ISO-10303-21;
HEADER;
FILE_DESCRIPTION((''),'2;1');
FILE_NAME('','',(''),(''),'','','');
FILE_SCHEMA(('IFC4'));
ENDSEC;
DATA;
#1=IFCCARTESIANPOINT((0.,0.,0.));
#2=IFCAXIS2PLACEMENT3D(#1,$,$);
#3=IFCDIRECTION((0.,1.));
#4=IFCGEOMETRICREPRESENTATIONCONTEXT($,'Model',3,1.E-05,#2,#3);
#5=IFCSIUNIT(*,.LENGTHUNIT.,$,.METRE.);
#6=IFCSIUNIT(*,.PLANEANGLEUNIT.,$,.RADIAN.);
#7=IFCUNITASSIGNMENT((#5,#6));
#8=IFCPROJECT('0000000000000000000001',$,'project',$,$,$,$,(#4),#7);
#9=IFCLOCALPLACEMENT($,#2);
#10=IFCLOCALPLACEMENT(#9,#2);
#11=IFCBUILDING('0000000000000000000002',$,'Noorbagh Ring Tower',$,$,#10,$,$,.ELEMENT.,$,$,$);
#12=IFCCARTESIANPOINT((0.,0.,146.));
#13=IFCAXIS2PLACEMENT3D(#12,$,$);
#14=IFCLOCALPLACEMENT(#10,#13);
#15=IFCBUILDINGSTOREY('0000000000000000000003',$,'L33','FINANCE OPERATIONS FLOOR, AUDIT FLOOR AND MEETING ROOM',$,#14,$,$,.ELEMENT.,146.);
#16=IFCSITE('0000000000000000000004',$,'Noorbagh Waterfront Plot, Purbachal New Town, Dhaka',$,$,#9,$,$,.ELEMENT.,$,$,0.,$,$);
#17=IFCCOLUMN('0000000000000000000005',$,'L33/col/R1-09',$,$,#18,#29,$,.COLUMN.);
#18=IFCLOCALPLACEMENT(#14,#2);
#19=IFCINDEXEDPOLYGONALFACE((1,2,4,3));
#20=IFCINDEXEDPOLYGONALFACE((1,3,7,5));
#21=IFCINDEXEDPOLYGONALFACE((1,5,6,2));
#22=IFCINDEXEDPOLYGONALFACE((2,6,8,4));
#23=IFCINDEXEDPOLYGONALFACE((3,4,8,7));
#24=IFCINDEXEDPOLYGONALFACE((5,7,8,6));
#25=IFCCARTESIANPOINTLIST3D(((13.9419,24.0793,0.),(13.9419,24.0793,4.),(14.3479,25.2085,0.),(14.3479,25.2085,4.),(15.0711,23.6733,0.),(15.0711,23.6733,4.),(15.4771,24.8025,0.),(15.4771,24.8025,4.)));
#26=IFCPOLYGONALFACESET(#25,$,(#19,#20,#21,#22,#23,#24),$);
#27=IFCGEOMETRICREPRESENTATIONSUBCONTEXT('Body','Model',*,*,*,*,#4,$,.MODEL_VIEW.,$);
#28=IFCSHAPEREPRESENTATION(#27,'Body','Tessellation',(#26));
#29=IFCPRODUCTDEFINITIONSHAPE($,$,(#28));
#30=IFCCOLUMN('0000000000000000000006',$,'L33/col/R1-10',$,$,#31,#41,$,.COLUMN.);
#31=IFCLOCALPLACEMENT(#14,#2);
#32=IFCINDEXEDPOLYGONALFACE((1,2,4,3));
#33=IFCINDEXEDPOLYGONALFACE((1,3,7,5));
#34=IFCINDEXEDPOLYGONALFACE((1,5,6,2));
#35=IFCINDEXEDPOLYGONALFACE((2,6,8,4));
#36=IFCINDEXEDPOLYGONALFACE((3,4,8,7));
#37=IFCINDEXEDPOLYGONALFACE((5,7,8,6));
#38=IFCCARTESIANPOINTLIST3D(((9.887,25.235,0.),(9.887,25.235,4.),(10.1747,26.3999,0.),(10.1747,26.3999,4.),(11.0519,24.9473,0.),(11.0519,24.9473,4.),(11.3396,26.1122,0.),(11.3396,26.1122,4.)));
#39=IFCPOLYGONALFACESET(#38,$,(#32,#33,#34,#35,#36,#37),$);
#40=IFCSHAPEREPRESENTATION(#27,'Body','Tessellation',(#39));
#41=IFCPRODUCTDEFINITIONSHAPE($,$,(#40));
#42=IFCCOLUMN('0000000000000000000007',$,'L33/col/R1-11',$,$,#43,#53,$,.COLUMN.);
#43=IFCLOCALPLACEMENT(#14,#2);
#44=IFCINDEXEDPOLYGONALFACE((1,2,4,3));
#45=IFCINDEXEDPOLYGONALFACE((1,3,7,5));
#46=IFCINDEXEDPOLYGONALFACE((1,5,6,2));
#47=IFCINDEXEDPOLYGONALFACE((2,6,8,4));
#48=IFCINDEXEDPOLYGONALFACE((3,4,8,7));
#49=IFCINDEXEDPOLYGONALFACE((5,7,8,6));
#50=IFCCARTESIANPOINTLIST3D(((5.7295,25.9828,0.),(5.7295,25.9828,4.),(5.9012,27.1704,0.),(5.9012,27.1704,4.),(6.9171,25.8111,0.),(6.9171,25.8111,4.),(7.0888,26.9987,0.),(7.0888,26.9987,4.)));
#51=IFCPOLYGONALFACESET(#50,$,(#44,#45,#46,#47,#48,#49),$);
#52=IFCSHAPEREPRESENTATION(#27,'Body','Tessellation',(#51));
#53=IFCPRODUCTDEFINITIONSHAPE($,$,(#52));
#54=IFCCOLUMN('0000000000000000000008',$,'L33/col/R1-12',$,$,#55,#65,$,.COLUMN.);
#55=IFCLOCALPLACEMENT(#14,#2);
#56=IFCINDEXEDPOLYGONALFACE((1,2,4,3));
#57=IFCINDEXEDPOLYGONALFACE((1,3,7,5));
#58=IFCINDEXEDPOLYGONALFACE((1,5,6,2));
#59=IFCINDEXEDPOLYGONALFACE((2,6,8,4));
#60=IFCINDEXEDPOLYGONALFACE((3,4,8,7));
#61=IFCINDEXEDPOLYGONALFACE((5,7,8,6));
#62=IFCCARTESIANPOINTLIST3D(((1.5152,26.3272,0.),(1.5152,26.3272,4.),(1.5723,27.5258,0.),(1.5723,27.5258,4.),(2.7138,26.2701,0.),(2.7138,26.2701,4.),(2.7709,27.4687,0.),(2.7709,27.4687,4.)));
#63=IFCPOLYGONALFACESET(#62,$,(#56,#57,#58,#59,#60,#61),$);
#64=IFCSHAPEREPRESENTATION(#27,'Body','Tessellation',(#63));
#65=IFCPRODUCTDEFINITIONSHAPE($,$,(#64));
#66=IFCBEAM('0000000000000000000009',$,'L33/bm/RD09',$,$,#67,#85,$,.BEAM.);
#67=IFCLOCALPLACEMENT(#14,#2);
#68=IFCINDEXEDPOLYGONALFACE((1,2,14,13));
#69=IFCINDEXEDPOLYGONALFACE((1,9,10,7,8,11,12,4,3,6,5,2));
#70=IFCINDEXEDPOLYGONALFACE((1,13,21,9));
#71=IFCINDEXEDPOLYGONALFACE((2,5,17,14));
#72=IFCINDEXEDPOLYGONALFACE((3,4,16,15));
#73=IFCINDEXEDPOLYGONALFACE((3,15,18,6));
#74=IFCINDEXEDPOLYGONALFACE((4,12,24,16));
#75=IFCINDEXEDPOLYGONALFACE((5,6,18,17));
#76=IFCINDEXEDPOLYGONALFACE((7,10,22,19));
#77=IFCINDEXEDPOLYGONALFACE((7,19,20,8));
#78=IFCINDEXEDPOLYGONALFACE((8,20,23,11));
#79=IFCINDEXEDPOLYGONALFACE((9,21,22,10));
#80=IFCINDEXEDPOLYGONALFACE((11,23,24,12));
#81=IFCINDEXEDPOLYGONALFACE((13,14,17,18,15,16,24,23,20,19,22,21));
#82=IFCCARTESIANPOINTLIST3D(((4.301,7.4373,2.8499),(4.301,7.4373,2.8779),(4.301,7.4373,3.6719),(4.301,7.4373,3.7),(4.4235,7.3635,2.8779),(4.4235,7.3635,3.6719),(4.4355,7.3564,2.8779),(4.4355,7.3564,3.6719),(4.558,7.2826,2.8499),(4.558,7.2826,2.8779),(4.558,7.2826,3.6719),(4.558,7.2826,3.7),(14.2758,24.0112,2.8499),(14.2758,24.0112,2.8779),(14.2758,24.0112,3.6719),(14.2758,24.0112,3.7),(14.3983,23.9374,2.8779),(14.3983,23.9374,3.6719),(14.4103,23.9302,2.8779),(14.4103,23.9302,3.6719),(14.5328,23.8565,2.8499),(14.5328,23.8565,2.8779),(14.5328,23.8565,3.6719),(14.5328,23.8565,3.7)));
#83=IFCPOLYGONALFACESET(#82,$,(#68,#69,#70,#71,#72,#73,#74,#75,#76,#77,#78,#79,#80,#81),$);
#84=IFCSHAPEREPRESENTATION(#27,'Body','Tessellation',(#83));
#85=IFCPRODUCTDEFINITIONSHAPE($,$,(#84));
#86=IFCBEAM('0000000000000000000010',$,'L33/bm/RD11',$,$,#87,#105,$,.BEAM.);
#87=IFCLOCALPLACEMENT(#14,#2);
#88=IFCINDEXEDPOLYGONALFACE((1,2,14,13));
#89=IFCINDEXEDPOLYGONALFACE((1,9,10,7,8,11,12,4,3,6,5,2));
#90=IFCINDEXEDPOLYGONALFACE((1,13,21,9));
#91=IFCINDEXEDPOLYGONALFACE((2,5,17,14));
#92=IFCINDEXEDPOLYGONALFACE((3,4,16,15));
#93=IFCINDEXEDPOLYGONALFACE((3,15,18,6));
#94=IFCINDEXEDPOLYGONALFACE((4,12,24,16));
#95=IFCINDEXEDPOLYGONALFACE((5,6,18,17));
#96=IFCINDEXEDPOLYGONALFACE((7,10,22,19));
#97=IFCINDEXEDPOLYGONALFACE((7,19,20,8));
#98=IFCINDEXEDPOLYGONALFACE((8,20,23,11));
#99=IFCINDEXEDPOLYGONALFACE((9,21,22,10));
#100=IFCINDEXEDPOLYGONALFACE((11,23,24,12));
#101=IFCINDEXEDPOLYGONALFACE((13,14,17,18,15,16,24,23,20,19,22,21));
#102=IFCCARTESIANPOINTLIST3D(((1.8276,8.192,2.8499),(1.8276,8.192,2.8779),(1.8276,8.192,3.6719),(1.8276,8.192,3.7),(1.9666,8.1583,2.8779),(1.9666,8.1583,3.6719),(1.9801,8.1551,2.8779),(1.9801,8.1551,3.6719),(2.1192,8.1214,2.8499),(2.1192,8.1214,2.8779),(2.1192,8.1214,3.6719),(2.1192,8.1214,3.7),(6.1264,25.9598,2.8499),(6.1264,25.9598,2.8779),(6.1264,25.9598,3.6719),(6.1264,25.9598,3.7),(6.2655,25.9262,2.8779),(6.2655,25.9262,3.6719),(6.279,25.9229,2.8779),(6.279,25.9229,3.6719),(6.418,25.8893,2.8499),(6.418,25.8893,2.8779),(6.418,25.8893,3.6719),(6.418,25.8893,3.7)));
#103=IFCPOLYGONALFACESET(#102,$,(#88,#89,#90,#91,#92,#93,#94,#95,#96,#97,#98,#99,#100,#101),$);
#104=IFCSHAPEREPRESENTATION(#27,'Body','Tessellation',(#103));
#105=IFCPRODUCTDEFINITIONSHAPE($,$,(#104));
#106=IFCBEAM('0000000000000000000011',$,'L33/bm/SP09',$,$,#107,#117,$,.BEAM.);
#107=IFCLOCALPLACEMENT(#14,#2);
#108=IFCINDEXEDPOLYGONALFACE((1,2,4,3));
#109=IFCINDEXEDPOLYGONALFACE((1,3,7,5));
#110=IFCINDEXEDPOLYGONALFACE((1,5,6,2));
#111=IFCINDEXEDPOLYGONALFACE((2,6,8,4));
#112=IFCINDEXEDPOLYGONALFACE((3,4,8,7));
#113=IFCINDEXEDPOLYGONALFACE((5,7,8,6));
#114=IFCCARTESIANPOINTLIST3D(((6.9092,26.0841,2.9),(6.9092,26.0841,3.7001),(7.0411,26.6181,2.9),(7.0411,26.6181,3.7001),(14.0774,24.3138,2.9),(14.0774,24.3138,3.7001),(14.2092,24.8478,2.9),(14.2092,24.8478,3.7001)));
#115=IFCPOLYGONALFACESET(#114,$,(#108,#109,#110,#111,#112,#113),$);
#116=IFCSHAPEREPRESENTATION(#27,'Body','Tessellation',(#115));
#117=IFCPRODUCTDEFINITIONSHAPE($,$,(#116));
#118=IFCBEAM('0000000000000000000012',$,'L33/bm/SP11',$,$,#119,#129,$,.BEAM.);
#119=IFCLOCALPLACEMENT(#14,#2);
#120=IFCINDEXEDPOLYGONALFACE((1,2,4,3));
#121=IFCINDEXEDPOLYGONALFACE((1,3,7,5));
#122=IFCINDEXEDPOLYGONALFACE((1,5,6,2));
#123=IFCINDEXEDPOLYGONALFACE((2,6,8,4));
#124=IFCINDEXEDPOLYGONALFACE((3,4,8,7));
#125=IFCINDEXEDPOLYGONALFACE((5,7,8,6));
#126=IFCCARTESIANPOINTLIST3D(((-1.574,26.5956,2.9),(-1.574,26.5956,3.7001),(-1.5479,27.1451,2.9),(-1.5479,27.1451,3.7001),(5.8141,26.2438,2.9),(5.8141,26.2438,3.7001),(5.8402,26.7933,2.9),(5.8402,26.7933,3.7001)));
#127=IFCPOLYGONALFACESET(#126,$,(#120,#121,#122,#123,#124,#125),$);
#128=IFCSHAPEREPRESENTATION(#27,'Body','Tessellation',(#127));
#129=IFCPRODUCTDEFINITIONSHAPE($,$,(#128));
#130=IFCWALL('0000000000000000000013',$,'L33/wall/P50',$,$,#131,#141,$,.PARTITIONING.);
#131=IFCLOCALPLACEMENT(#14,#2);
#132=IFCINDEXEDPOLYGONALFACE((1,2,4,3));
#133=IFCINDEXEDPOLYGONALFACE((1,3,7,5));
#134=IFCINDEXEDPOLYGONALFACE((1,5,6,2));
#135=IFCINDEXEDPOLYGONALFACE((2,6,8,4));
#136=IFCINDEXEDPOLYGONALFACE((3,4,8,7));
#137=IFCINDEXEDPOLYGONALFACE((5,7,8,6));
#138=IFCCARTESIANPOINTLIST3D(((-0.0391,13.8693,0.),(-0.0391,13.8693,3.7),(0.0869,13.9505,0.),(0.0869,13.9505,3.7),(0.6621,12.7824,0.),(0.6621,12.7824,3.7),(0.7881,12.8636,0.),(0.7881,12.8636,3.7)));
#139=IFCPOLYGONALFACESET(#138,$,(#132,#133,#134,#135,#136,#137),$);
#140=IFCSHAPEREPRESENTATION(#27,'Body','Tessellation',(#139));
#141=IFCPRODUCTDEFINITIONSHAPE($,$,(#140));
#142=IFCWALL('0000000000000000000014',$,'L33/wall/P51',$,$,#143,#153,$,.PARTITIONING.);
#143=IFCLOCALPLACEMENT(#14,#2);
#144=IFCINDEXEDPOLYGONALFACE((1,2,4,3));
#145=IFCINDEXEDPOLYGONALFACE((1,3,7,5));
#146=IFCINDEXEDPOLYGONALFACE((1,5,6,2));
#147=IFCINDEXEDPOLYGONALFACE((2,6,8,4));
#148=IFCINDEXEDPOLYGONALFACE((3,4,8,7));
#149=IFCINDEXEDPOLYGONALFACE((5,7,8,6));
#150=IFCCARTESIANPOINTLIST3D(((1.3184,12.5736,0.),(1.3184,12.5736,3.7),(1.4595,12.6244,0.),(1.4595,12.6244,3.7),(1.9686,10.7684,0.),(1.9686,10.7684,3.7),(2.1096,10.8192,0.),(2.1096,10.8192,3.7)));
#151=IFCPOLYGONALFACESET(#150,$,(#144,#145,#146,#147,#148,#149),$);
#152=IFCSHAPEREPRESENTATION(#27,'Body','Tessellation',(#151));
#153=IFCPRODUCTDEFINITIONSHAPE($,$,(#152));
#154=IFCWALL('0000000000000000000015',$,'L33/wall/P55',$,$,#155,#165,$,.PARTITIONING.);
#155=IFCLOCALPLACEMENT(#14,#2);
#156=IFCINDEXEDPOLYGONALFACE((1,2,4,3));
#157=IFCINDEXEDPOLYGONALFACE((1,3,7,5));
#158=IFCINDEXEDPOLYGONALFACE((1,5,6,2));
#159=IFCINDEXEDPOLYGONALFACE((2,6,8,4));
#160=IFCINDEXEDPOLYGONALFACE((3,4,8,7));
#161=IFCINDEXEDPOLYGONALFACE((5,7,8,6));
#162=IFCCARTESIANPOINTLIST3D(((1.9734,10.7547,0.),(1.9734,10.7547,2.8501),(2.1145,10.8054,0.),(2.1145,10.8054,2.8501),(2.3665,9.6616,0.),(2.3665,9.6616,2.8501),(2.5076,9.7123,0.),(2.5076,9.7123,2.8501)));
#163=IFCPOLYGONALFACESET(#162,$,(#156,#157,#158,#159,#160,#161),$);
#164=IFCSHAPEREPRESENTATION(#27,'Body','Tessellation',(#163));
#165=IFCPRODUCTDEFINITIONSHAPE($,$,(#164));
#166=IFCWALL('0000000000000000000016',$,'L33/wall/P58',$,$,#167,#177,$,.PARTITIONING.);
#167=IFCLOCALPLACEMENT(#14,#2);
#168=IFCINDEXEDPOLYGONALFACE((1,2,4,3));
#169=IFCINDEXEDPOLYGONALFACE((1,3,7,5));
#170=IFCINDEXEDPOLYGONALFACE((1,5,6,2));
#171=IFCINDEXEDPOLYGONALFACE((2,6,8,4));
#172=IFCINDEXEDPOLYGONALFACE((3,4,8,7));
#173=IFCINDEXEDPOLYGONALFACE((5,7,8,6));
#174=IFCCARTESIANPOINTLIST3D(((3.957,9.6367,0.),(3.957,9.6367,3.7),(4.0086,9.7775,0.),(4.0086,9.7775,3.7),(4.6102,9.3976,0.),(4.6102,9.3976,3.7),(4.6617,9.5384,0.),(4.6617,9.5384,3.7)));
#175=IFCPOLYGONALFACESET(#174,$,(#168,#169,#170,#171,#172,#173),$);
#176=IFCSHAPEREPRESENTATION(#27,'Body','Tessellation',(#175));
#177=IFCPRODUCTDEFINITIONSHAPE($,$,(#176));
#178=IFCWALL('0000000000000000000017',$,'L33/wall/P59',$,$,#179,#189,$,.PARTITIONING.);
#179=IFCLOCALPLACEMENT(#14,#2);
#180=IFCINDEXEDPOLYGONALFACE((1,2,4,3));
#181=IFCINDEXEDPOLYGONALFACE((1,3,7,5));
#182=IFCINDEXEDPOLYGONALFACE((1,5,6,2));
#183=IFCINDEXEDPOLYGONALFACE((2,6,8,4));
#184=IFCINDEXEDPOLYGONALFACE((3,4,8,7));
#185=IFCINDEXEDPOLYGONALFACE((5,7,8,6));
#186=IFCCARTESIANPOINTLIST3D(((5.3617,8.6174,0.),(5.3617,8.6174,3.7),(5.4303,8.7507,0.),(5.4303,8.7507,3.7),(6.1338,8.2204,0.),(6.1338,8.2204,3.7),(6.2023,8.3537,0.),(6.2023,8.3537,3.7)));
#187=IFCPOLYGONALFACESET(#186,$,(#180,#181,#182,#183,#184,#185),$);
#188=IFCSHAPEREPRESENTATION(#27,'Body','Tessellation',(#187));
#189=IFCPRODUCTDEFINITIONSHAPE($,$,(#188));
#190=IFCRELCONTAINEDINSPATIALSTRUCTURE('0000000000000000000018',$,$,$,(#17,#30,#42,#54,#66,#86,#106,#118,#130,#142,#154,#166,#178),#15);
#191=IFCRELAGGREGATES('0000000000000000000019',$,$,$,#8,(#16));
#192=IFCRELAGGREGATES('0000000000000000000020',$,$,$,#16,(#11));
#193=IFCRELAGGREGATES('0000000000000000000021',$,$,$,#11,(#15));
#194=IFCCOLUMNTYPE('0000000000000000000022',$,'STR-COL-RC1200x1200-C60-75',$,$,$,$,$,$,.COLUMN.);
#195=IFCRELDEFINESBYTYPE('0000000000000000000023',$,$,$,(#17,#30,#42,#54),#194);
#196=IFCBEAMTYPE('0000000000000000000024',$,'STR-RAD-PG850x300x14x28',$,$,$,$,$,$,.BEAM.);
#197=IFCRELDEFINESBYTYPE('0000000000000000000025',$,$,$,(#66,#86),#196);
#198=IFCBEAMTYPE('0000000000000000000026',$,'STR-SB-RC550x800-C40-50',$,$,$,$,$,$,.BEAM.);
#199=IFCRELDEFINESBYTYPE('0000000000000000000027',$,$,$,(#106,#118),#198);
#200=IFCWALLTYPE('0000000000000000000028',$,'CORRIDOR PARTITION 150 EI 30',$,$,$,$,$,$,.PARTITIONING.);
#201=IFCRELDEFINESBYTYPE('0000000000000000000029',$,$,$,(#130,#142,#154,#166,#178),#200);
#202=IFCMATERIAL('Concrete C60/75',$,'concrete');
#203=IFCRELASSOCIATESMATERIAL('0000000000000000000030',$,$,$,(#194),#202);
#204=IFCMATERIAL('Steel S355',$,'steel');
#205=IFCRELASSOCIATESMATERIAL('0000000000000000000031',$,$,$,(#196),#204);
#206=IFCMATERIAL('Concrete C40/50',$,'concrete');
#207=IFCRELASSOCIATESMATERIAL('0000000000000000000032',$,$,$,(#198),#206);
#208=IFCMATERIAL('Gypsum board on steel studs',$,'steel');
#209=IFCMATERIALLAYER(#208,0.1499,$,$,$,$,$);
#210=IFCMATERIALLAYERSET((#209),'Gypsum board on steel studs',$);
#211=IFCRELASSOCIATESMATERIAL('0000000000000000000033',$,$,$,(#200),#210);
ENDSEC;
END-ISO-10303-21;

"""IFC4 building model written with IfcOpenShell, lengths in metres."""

from ifc_helpers import new_model, si_unit, direction, frame, frame_2d, origin, origin_2d, place, context, subcontext, project, spatial, rectangle, i_section, extrude, material, layer, layer_set, material_profile, profile_set, type_object, element, save


model = new_model("IFC4")

# Units and contexts
model_context = context("Model", 3, precision=1e-05, world=origin(), true_north=direction((0.0, 1.0)))
body_context = subcontext(model_context, "Body", "Model", "MODEL_VIEW")
ifc_project = project(units=[si_unit("LENGTHUNIT", "METRE"), si_unit("PLANEANGLEUNIT", "RADIAN")], contexts=[model_context])

# Site, building, storey
site_placement = place(None, origin())
site = spatial("IfcSite", under=ifc_project, at=site_placement, Name="Noorbagh Waterfront Plot, Purbachal New Town, Dhaka", CompositionType="ELEMENT", RefElevation=0.0)
building_placement = place(site_placement, origin())
building = spatial("IfcBuilding", under=site, at=building_placement, Name="Noorbagh Ring Tower", CompositionType="ELEMENT")
storey_placement = place(building_placement, frame((0.0, 0.0, 146.0)))
storey = spatial("IfcBuildingStorey", under=building, at=storey_placement, Name="L33", Description="FINANCE OPERATIONS FLOOR, AUDIT FLOOR AND MEETING ROOM", CompositionType="ELEMENT", Elevation=146.0)

# Columns
ifc_material_1 = material(Name="Concrete C60/75", Category="concrete")
ifc_material_profile_1 = material_profile(ifc_material_1, rectangle(XDim=1.2, YDim=1.2, at=origin_2d()), Name="RC1200x1200")
ifc_profile_set_1 = profile_set([ifc_material_profile_1], Name="Concrete C60/75")
column_type = type_object("IfcColumnType", Name="STR-COL-RC1200x1200-C60-75", PredefinedType="COLUMN", material=ifc_profile_set_1)
for number, where, z_axis, x_axis, name in (
    (1, (14.7095, 24.4409, 0.0), (0.0, 0.0, 1.0), (-0.941025, 0.338338, 0.0), "L33/col/R1-09"),
    (2, (10.6133, 25.6736, 0.0), (0.0, 0.0, 1.0), (-0.970829, 0.239771, 0.0), "L33/col/R1-10"),
    (3, (6.4092, 26.4907, 0.0), (0.0, 0.0, 1.0), (-0.989713, 0.143066, 0.0), "L33/col/R1-11"),
    (4, (2.1431, 26.8979, 0.0), (0.0, 0.0, 1.0), (-0.998869, 0.047553, 0.0), "L33/col/R1-12"),
):
    element("IfcColumn", number, at=place(storey_placement, frame(where, z_axis=z_axis, x_axis=x_axis)), inside=storey, type_object=column_type, Name=name, PredefinedType="COLUMN", context=body_context, shape_type="SweptSolid", body=[
        extrude(rectangle(XDim=1.2, YDim=1.2, at=origin_2d()), origin(), (0.0, 0.0, 1.0), 4.0),
    ])

# Beams
ifc_material_2 = material(Name="Steel S355", Category="steel")
ifc_material_profile_2 = material_profile(ifc_material_2, i_section(OverallWidth=0.3, OverallDepth=0.8501, WebThickness=0.0139, FlangeThickness=0.0281, at=origin_2d()), Name="PG850x300x14x28")
ifc_profile_set_2 = profile_set([ifc_material_profile_2], Name="Steel S355")
beam_type_1 = type_object("IfcBeamType", Name="STR-RAD-PG850x300x14x28", PredefinedType="BEAM", material=ifc_profile_set_2)
beam_1_placement = place(storey_placement, frame((14.4043, 23.9338, 3.2749), z_axis=(-0.515653, -0.856797, 0.0), x_axis=(0.856797, -0.515653, 0.0)))
element("IfcBeam", 5, at=beam_1_placement, inside=storey, type_object=beam_type_1, Name="L33/bm/RD09", PredefinedType="BEAM", context=body_context, shape_type="SweptSolid", body=[
    extrude(i_section(OverallWidth=0.3, OverallDepth=0.8501, WebThickness=0.0139, FlangeThickness=0.0281, at=origin_2d()), origin(), (0.0, 0.0, 1.0), 19.344),
])
beam_2_placement = place(storey_placement, frame((6.2722, 25.9246, 3.2749), z_axis=(-0.23516, -0.971957, 0.0), x_axis=(0.971957, -0.23516, 0.0)))
element("IfcBeam", 6, at=beam_2_placement, inside=storey, type_object=beam_type_1, Name="L33/bm/RD11", PredefinedType="BEAM", context=body_context, shape_type="SweptSolid", body=[
    extrude(i_section(OverallWidth=0.3, OverallDepth=0.8501, WebThickness=0.0139, FlangeThickness=0.0281, at=origin_2d()), origin(), (0.0, 0.0, 1.0), 18.2805),
])
ifc_material_3 = material(Name="Concrete C40/50", Category="concrete")
ifc_material_profile_3 = material_profile(ifc_material_3, rectangle(XDim=0.55, YDim=0.8, at=origin_2d()), Name="RC550x800")
ifc_profile_set_3 = profile_set([ifc_material_profile_3], Name="Concrete C40/50")
beam_type_2 = type_object("IfcBeamType", Name="STR-SB-RC550x800-C40-50", PredefinedType="BEAM", material=ifc_profile_set_3)
beam_3_placement = place(storey_placement, frame((14.1433, 24.5808, 3.3), z_axis=(-0.970833, 0.239757, 0.0), x_axis=(-0.239757, -0.970833, 0.0)))
element("IfcBeam", 7, at=beam_3_placement, inside=storey, type_object=beam_type_2, Name="L33/bm/SP09", PredefinedType="BEAM", context=body_context, shape_type="SweptSolid", body=[
    extrude(rectangle(XDim=0.55, YDim=0.8, at=origin_2d()), origin(), (0.0, 0.0, 1.0), 7.3835),
])
beam_4_placement = place(storey_placement, frame((5.8271, 26.5186, 3.3), z_axis=(-0.998868, 0.047564, 0.0), x_axis=(-0.047564, -0.998868, 0.0)))
element("IfcBeam", 8, at=beam_4_placement, inside=storey, type_object=beam_type_2, Name="L33/bm/SP11", PredefinedType="BEAM", context=body_context, shape_type="SweptSolid", body=[
    extrude(rectangle(XDim=0.55, YDim=0.8, at=origin_2d()), origin(), (0.0, 0.0, 1.0), 7.3965),
])

# Walls
ifc_material_4 = material(Name="Gypsum board on steel studs", Category="steel")
ifc_layer_1 = layer(ifc_material_4, 0.1499)
ifc_layer_set_1 = layer_set([ifc_layer_1], Name="Gypsum board on steel studs")
wall_type_1 = type_object("IfcWallType", Name="CORRIDOR PARTITION 150 EI 30", PredefinedType="PARTITIONING", material=ifc_layer_set_1)
wall_1_placement = place(storey_placement, frame((0.0239, 13.9099, 0.0), z_axis=(0.0, 0.0, 1.0), x_axis=(0.542092, -0.840319, 0.0)))
element("IfcWall", 9, at=wall_1_placement, inside=storey, type_object=wall_type_1, Name="L33/wall/P50", PredefinedType="PARTITIONING", context=body_context, shape_type="SweptSolid", body=[
    extrude(rectangle(XDim=1.2935, YDim=0.1499, at=frame_2d((0.6467, 0.0))), origin(), (0.0, 0.0, 1.0), 3.7),
])
wall_2_placement = place(storey_placement, frame((1.3889, 12.5991, 0.0), z_axis=(0.0, 0.0, 1.0), x_axis=(0.33885, -0.94084, 0.0)))
element("IfcWall", 10, at=wall_2_placement, inside=storey, type_object=wall_type_1, Name="L33/wall/P51", PredefinedType="PARTITIONING", context=body_context, shape_type="SweptSolid", body=[
    extrude(rectangle(XDim=1.9187, YDim=0.1499, at=frame_2d((0.9595, 0.0))), origin(), (0.0, 0.0, 1.0), 3.7),
])
wall_3_placement = place(storey_placement, frame((2.0439, 10.78, 0.0), z_axis=(0.0, 0.0, 1.0), x_axis=(0.338399, -0.941003, 0.0)))
element("IfcWall", 11, at=wall_3_placement, inside=storey, type_object=wall_type_1, Name="L33/wall/P55", PredefinedType="PARTITIONING", context=body_context, shape_type="SweptSolid", body=[
    extrude(rectangle(XDim=1.1616, YDim=0.1499, at=frame_2d((0.5808, 0.0))), origin(), (0.0, 0.0, 1.0), 2.8501),
])
wall_4_placement = place(storey_placement, frame((3.9829, 9.707, 0.0), z_axis=(0.0, 0.0, 1.0), x_axis=(0.939084, -0.343687, 0.0)))
element("IfcWall", 12, at=wall_4_placement, inside=storey, type_object=wall_type_1, Name="L33/wall/P58", PredefinedType="PARTITIONING", context=body_context, shape_type="SweptSolid", body=[
    extrude(rectangle(XDim=0.6956, YDim=0.1499, at=frame_2d((0.3477, 0.0))), origin(), (0.0, 0.0, 1.0), 3.7),
])
wall_5_placement = place(storey_placement, frame((5.396, 8.6841, 0.0), z_axis=(0.0, 0.0, 1.0), x_axis=(0.889307, -0.45731, 0.0)))
element("IfcWall", 13, at=wall_5_placement, inside=storey, type_object=wall_type_1, Name="L33/wall/P59", PredefinedType="PARTITIONING", context=body_context, shape_type="SweptSolid", body=[
    extrude(rectangle(XDim=0.8682, YDim=0.1499, at=frame_2d((0.4341, 0.0))), origin(), (0.0, 0.0, 1.0), 3.7),
])

save(model, "model.ifc")
